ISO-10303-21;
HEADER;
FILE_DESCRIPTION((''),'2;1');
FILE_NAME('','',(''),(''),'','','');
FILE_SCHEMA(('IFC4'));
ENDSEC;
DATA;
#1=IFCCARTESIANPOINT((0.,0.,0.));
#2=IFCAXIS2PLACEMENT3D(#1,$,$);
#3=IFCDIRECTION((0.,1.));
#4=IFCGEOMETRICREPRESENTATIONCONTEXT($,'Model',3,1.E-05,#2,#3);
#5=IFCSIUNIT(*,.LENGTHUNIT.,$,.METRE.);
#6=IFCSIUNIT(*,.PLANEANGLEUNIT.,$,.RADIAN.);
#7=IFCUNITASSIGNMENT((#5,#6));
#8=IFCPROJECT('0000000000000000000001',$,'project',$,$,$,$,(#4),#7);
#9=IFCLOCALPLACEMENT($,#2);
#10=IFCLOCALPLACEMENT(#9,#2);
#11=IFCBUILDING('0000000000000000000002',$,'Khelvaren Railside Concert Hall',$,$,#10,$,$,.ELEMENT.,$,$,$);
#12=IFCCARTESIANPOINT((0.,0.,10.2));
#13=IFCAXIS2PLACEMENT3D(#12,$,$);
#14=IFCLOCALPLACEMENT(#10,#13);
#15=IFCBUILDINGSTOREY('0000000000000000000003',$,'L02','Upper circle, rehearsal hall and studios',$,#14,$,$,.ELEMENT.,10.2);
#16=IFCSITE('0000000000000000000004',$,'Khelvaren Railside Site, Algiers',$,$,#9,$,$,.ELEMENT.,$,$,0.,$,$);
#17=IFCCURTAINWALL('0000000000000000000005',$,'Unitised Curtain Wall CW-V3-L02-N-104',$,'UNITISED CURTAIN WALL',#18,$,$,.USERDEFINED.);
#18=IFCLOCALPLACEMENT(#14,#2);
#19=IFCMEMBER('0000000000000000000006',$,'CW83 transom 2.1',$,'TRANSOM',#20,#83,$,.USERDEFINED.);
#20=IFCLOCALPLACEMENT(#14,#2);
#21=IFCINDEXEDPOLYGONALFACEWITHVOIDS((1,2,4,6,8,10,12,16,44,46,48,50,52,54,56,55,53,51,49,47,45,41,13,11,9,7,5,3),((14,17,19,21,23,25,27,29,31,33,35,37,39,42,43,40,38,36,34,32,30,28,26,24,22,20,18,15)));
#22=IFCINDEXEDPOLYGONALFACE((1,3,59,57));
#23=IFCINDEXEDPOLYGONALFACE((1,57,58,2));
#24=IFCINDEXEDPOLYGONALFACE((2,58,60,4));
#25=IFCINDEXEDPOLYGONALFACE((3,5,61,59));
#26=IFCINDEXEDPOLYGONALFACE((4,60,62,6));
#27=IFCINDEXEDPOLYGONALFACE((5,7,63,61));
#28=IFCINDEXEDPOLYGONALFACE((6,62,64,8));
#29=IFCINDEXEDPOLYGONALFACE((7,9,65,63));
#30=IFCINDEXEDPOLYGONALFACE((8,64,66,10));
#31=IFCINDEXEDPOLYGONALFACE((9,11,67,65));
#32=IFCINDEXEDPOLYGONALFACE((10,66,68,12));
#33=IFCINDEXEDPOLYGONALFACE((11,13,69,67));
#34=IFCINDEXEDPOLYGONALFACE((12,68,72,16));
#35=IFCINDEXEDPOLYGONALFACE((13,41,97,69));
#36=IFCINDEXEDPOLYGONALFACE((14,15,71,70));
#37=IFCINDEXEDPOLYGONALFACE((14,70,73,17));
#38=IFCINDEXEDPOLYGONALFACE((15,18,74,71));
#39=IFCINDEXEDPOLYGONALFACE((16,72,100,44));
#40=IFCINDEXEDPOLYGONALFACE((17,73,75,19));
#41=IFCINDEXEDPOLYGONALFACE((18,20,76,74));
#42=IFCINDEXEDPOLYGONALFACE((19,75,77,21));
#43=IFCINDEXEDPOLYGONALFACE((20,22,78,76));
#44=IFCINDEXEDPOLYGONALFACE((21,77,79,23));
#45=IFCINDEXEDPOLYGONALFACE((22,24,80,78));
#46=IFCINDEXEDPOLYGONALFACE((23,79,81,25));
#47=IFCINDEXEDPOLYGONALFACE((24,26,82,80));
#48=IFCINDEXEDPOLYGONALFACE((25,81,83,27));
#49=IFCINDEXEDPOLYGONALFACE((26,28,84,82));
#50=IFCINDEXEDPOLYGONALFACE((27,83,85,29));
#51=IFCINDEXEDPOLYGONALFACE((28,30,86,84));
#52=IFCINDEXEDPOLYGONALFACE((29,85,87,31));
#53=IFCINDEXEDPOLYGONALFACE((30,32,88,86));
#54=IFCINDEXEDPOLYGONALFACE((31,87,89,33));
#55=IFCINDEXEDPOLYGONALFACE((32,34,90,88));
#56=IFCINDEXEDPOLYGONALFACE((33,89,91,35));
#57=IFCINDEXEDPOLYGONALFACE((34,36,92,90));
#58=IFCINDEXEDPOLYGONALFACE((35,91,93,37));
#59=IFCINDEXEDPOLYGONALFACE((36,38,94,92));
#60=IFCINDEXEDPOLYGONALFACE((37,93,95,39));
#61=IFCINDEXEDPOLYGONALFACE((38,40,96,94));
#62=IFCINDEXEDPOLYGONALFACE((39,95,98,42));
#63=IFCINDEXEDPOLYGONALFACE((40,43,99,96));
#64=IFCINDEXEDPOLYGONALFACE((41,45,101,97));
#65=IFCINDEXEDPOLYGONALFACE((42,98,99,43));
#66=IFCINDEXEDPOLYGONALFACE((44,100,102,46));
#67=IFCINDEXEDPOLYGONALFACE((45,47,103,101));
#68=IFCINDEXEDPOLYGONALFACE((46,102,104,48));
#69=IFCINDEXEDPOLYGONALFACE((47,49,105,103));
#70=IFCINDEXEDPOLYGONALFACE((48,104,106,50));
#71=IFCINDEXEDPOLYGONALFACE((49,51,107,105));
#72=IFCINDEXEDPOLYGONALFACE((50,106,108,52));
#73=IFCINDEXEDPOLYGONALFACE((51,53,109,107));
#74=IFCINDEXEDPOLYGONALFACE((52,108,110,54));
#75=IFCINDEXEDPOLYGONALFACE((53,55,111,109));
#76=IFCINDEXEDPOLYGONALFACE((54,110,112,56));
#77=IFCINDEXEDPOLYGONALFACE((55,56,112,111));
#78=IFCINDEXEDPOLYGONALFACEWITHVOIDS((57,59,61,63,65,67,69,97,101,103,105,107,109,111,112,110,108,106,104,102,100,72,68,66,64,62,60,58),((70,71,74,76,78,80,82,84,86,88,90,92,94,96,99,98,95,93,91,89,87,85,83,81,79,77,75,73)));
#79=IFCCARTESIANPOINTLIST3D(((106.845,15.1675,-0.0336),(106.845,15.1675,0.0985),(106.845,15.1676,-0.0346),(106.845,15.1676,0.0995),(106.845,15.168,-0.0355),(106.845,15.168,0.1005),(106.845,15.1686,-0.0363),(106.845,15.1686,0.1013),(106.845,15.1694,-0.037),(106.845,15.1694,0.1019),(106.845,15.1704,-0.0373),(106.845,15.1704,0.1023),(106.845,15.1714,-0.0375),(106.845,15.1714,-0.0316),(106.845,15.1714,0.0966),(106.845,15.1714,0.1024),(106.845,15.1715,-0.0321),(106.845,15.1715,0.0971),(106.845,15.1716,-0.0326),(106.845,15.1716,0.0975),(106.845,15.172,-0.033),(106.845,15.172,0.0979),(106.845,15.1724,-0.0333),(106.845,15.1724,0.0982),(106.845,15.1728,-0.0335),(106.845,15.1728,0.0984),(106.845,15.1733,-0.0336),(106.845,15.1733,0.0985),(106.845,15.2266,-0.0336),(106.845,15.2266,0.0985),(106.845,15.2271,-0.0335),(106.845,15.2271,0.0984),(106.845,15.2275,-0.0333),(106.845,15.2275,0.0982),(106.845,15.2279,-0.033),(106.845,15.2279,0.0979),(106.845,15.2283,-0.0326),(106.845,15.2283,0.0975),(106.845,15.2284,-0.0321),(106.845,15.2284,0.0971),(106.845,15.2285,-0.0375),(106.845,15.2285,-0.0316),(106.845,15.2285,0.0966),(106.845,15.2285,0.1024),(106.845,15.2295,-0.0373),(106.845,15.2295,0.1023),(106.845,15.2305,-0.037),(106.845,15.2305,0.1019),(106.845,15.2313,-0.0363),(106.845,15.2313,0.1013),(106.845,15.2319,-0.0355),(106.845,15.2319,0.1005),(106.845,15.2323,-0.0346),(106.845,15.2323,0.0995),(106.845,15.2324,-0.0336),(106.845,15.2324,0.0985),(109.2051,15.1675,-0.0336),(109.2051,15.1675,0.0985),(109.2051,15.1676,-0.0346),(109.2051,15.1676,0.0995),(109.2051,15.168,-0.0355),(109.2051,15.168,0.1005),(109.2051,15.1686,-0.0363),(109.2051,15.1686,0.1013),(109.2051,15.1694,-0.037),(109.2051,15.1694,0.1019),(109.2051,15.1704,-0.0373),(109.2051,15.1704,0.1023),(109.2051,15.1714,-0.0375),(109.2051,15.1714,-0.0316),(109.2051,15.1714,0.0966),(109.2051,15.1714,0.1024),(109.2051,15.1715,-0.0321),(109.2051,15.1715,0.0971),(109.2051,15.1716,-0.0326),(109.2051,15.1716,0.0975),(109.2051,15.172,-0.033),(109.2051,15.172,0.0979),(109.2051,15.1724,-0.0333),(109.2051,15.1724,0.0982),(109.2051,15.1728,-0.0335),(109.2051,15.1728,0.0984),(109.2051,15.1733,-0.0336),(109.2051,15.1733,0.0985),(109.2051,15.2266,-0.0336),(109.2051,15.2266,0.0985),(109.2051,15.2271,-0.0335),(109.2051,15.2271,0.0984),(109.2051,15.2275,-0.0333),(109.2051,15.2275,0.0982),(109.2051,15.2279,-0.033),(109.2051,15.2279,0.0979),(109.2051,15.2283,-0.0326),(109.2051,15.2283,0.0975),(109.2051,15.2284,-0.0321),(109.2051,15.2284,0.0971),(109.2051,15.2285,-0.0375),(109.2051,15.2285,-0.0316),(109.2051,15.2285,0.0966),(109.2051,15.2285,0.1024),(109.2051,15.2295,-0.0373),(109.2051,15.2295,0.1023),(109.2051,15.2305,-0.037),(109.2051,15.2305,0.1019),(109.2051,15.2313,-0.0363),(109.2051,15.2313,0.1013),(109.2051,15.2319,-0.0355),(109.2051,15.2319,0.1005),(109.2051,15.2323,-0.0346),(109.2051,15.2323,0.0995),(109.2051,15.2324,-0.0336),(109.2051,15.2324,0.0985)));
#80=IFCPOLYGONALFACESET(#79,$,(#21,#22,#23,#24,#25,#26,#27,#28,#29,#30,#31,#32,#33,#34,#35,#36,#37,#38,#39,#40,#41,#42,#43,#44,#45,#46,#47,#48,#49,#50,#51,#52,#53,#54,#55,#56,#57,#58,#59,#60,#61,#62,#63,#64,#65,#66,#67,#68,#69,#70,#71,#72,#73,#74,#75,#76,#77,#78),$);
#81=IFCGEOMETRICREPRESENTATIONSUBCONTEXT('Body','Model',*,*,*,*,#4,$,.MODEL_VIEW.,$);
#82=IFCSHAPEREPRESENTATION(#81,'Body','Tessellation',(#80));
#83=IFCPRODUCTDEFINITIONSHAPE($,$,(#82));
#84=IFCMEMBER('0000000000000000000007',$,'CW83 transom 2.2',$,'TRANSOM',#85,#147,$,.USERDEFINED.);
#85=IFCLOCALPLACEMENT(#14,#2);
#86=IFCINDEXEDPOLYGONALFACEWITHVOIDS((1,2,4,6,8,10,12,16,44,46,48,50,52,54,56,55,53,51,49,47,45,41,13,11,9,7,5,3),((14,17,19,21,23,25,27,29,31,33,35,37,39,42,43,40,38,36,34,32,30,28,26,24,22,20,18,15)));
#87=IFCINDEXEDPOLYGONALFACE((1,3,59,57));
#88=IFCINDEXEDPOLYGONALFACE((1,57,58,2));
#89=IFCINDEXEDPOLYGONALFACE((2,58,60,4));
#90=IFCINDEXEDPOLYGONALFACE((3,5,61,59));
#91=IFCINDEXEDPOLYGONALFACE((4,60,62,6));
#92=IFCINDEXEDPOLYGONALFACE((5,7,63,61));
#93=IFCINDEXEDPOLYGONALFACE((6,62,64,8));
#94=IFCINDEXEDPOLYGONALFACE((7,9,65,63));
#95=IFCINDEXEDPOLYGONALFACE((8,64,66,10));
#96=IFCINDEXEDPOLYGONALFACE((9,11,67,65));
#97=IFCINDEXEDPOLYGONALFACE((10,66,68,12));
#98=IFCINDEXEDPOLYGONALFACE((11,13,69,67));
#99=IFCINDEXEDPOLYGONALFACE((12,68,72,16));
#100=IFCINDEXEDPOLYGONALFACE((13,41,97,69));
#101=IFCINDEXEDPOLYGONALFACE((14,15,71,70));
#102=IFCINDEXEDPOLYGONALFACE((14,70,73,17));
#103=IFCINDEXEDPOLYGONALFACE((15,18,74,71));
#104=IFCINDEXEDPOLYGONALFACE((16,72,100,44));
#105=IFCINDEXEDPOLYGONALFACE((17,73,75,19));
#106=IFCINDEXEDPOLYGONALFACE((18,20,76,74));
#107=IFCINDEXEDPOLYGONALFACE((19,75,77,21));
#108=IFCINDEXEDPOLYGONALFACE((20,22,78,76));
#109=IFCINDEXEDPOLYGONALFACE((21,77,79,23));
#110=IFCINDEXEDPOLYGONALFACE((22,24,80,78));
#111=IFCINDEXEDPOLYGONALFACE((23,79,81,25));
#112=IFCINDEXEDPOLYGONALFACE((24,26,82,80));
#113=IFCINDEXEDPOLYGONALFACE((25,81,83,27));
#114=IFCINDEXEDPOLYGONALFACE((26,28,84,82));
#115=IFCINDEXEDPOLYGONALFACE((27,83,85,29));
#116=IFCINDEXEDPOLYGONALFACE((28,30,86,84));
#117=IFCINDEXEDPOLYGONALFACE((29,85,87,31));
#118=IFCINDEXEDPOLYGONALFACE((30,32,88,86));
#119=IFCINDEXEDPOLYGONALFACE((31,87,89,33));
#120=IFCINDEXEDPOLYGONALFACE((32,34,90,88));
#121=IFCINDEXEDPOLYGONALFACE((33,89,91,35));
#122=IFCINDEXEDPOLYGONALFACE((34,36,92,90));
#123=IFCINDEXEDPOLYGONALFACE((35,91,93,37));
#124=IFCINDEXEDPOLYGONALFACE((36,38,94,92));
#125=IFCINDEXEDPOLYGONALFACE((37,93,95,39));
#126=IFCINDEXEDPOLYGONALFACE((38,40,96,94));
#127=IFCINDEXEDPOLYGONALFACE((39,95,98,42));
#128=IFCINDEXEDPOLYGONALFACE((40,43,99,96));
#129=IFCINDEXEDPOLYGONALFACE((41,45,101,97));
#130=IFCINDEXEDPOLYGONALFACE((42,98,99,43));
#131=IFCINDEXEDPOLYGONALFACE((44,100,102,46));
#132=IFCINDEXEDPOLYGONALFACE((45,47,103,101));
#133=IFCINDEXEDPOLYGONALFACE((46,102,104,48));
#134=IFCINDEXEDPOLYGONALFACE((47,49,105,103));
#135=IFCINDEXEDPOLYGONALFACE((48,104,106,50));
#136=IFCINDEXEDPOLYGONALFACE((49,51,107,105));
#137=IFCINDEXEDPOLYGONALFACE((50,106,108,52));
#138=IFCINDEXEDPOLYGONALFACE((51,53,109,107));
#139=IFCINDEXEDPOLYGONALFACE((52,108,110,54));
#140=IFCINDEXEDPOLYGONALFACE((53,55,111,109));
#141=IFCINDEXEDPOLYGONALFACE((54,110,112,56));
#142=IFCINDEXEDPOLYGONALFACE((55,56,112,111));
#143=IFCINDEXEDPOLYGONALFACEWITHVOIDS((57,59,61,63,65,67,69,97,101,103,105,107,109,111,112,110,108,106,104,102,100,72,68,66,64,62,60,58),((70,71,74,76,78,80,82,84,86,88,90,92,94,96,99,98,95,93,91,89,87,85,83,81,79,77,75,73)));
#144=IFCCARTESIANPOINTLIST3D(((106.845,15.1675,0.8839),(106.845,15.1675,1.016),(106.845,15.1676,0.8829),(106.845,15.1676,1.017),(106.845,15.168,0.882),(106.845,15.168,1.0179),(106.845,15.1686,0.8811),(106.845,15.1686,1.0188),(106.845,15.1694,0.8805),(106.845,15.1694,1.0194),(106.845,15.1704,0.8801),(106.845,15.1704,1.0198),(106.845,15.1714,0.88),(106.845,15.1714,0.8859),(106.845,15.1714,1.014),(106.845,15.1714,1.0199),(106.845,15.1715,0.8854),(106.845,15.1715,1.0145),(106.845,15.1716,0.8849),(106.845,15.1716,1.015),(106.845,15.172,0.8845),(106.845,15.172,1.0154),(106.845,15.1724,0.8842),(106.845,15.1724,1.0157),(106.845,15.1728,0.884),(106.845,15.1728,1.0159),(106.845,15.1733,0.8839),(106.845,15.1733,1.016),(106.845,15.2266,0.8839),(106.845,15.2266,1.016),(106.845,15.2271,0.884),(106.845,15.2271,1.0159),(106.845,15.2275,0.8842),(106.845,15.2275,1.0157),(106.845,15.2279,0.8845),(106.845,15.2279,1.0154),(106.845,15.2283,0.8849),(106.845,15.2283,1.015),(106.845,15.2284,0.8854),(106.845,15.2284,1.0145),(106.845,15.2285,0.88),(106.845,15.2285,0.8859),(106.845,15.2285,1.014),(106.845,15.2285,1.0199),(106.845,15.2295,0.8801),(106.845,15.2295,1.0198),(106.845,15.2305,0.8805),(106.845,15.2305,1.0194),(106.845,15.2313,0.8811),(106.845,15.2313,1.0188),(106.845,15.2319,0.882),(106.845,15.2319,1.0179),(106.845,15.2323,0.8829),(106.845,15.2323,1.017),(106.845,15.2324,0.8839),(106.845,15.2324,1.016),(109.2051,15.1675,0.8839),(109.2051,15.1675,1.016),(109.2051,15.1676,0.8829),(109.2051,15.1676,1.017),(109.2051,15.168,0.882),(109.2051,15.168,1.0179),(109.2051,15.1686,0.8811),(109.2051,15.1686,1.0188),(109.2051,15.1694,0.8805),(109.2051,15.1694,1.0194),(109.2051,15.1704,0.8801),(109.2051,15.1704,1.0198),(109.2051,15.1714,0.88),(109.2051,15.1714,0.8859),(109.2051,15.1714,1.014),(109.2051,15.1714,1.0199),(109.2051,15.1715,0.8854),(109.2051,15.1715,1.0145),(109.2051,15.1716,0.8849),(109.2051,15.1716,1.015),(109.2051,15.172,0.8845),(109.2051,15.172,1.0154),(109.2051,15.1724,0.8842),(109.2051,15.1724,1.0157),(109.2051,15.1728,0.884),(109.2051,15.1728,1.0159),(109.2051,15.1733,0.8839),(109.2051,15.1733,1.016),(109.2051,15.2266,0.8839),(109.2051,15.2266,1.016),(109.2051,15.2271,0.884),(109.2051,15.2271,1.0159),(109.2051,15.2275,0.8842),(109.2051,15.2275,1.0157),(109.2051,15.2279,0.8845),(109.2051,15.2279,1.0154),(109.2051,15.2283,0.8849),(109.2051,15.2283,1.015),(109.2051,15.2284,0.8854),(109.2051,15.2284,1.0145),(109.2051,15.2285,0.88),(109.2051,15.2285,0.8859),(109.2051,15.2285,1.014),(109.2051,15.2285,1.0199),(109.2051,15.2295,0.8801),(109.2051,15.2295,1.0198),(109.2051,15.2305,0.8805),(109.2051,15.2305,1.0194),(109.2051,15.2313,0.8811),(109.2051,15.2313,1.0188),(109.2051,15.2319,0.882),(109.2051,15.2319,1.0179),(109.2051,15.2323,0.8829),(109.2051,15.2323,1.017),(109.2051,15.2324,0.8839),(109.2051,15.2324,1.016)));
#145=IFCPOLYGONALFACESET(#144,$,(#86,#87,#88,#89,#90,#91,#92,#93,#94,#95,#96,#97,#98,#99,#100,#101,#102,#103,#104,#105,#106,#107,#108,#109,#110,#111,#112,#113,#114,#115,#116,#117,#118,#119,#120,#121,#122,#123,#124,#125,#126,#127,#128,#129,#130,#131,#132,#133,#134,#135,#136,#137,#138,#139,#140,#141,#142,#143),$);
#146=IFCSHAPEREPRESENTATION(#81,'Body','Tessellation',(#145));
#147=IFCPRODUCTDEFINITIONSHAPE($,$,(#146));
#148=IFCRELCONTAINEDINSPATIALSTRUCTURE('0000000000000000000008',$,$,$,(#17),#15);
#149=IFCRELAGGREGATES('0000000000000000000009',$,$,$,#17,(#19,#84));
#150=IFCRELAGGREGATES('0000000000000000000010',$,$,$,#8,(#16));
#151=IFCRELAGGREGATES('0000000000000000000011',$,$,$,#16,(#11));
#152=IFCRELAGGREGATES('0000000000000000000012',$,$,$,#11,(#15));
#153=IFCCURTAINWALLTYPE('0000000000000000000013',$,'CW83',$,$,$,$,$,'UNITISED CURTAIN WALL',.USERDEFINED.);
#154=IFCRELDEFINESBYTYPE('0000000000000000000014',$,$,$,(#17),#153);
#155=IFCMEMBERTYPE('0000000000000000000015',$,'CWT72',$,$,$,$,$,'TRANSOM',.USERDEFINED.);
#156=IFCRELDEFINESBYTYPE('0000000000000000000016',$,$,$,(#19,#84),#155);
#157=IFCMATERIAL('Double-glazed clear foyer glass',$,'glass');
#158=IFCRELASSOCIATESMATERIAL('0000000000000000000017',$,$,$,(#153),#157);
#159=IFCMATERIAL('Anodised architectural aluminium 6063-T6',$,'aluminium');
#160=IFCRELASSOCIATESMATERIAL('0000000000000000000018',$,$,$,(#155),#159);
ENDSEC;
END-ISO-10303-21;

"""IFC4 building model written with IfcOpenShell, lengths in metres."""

from ifc_helpers import new_model, si_unit, direction, frame, origin, origin_2d, place, context, subcontext, project, spatial, hollow_rectangle, extrude, material, material_profile, profile_set, type_object, element, aggregate, save


model = new_model("IFC4")

# Units and contexts
model_context = context("Model", 3, precision=1e-05, world=origin(), true_north=direction((0.0, 1.0)))
body_context = subcontext(model_context, "Body", "Model", "MODEL_VIEW")
ifc_project = project(units=[si_unit("LENGTHUNIT", "METRE"), si_unit("PLANEANGLEUNIT", "RADIAN")], contexts=[model_context])

# Site, building, storey
site_placement = place(None, origin())
site = spatial("IfcSite", under=ifc_project, at=site_placement, Name="Khelvaren Railside Site, Algiers", CompositionType="ELEMENT", RefElevation=0.0)
building_placement = place(site_placement, origin())
building = spatial("IfcBuilding", under=site, at=building_placement, Name="Khelvaren Railside Concert Hall", CompositionType="ELEMENT")
storey_placement = place(building_placement, frame((0.0, 0.0, 10.2)))
storey = spatial("IfcBuildingStorey", under=building, at=storey_placement, Name="L02", Description="Upper circle, rehearsal hall and studios", CompositionType="ELEMENT", Elevation=10.2)

# Shared definitions
ifc_material_1 = material(Name="Double-glazed clear foyer glass", Category="glass")
ifc_material_2 = material(Name="Anodised architectural aluminium 6063-T6", Category="aluminium")

# Curtain wall, members
curtain_wall_type_1 = type_object("IfcCurtainWallType", Name="CW83", ElementType="UNITISED CURTAIN WALL", PredefinedType="USERDEFINED", material=ifc_material_1)
curtain_wall_1_placement = place(storey_placement, origin())
curtain_wall_1 = element("IfcCurtainWall", 1, at=curtain_wall_1_placement, inside=storey, type_object=curtain_wall_type_1, Name="Unitised Curtain Wall CW-V3-L02-N-104", ObjectType="UNITISED CURTAIN WALL", PredefinedType="USERDEFINED")
ifc_material_profile_1 = material_profile(ifc_material_2, hollow_rectangle(XDim=0.0649, YDim=0.1399, WallThickness=0.0039, InnerFilletRadius=0.002, OuterFilletRadius=0.0039, at=origin_2d()), Name="CWT 65x140x4")
ifc_profile_set_1 = profile_set([ifc_material_profile_1], Name="Anodised architectural aluminium 6063-T6")
member_type_1 = type_object("IfcMemberType", Name="CWT72", ElementType="TRANSOM", PredefinedType="USERDEFINED", material=ifc_profile_set_1)
member_1_placement = place(storey_placement, frame((106.845, 15.2, 0.0325), z_axis=(1.0, 0.0, 0.0), x_axis=(0.0, 1.0, 0.0)))
member_1 = element("IfcMember", 2, at=member_1_placement, type_object=member_type_1, Name="CW83 transom 2.1", ObjectType="TRANSOM", PredefinedType="USERDEFINED", context=body_context, shape_type="SweptSolid", body=[
    extrude(hollow_rectangle(XDim=0.0649, YDim=0.1399, WallThickness=0.0039, InnerFilletRadius=0.002, OuterFilletRadius=0.0039, at=origin_2d()), origin(), (0.0, 0.0, 1.0), 2.3601),
])
member_2_placement = place(storey_placement, frame((106.845, 15.2, 0.95), z_axis=(1.0, 0.0, 0.0), x_axis=(0.0, 1.0, 0.0)))
member_2 = element("IfcMember", 3, at=member_2_placement, type_object=member_type_1, Name="CW83 transom 2.2", ObjectType="TRANSOM", PredefinedType="USERDEFINED", context=body_context, shape_type="SweptSolid", body=[
    extrude(hollow_rectangle(XDim=0.0649, YDim=0.1399, WallThickness=0.0039, InnerFilletRadius=0.002, OuterFilletRadius=0.0039, at=origin_2d()), origin(), (0.0, 0.0, 1.0), 2.3601),
])

aggregate(curtain_wall_1, [member_1, member_2])

save(model, "model.ifc")
